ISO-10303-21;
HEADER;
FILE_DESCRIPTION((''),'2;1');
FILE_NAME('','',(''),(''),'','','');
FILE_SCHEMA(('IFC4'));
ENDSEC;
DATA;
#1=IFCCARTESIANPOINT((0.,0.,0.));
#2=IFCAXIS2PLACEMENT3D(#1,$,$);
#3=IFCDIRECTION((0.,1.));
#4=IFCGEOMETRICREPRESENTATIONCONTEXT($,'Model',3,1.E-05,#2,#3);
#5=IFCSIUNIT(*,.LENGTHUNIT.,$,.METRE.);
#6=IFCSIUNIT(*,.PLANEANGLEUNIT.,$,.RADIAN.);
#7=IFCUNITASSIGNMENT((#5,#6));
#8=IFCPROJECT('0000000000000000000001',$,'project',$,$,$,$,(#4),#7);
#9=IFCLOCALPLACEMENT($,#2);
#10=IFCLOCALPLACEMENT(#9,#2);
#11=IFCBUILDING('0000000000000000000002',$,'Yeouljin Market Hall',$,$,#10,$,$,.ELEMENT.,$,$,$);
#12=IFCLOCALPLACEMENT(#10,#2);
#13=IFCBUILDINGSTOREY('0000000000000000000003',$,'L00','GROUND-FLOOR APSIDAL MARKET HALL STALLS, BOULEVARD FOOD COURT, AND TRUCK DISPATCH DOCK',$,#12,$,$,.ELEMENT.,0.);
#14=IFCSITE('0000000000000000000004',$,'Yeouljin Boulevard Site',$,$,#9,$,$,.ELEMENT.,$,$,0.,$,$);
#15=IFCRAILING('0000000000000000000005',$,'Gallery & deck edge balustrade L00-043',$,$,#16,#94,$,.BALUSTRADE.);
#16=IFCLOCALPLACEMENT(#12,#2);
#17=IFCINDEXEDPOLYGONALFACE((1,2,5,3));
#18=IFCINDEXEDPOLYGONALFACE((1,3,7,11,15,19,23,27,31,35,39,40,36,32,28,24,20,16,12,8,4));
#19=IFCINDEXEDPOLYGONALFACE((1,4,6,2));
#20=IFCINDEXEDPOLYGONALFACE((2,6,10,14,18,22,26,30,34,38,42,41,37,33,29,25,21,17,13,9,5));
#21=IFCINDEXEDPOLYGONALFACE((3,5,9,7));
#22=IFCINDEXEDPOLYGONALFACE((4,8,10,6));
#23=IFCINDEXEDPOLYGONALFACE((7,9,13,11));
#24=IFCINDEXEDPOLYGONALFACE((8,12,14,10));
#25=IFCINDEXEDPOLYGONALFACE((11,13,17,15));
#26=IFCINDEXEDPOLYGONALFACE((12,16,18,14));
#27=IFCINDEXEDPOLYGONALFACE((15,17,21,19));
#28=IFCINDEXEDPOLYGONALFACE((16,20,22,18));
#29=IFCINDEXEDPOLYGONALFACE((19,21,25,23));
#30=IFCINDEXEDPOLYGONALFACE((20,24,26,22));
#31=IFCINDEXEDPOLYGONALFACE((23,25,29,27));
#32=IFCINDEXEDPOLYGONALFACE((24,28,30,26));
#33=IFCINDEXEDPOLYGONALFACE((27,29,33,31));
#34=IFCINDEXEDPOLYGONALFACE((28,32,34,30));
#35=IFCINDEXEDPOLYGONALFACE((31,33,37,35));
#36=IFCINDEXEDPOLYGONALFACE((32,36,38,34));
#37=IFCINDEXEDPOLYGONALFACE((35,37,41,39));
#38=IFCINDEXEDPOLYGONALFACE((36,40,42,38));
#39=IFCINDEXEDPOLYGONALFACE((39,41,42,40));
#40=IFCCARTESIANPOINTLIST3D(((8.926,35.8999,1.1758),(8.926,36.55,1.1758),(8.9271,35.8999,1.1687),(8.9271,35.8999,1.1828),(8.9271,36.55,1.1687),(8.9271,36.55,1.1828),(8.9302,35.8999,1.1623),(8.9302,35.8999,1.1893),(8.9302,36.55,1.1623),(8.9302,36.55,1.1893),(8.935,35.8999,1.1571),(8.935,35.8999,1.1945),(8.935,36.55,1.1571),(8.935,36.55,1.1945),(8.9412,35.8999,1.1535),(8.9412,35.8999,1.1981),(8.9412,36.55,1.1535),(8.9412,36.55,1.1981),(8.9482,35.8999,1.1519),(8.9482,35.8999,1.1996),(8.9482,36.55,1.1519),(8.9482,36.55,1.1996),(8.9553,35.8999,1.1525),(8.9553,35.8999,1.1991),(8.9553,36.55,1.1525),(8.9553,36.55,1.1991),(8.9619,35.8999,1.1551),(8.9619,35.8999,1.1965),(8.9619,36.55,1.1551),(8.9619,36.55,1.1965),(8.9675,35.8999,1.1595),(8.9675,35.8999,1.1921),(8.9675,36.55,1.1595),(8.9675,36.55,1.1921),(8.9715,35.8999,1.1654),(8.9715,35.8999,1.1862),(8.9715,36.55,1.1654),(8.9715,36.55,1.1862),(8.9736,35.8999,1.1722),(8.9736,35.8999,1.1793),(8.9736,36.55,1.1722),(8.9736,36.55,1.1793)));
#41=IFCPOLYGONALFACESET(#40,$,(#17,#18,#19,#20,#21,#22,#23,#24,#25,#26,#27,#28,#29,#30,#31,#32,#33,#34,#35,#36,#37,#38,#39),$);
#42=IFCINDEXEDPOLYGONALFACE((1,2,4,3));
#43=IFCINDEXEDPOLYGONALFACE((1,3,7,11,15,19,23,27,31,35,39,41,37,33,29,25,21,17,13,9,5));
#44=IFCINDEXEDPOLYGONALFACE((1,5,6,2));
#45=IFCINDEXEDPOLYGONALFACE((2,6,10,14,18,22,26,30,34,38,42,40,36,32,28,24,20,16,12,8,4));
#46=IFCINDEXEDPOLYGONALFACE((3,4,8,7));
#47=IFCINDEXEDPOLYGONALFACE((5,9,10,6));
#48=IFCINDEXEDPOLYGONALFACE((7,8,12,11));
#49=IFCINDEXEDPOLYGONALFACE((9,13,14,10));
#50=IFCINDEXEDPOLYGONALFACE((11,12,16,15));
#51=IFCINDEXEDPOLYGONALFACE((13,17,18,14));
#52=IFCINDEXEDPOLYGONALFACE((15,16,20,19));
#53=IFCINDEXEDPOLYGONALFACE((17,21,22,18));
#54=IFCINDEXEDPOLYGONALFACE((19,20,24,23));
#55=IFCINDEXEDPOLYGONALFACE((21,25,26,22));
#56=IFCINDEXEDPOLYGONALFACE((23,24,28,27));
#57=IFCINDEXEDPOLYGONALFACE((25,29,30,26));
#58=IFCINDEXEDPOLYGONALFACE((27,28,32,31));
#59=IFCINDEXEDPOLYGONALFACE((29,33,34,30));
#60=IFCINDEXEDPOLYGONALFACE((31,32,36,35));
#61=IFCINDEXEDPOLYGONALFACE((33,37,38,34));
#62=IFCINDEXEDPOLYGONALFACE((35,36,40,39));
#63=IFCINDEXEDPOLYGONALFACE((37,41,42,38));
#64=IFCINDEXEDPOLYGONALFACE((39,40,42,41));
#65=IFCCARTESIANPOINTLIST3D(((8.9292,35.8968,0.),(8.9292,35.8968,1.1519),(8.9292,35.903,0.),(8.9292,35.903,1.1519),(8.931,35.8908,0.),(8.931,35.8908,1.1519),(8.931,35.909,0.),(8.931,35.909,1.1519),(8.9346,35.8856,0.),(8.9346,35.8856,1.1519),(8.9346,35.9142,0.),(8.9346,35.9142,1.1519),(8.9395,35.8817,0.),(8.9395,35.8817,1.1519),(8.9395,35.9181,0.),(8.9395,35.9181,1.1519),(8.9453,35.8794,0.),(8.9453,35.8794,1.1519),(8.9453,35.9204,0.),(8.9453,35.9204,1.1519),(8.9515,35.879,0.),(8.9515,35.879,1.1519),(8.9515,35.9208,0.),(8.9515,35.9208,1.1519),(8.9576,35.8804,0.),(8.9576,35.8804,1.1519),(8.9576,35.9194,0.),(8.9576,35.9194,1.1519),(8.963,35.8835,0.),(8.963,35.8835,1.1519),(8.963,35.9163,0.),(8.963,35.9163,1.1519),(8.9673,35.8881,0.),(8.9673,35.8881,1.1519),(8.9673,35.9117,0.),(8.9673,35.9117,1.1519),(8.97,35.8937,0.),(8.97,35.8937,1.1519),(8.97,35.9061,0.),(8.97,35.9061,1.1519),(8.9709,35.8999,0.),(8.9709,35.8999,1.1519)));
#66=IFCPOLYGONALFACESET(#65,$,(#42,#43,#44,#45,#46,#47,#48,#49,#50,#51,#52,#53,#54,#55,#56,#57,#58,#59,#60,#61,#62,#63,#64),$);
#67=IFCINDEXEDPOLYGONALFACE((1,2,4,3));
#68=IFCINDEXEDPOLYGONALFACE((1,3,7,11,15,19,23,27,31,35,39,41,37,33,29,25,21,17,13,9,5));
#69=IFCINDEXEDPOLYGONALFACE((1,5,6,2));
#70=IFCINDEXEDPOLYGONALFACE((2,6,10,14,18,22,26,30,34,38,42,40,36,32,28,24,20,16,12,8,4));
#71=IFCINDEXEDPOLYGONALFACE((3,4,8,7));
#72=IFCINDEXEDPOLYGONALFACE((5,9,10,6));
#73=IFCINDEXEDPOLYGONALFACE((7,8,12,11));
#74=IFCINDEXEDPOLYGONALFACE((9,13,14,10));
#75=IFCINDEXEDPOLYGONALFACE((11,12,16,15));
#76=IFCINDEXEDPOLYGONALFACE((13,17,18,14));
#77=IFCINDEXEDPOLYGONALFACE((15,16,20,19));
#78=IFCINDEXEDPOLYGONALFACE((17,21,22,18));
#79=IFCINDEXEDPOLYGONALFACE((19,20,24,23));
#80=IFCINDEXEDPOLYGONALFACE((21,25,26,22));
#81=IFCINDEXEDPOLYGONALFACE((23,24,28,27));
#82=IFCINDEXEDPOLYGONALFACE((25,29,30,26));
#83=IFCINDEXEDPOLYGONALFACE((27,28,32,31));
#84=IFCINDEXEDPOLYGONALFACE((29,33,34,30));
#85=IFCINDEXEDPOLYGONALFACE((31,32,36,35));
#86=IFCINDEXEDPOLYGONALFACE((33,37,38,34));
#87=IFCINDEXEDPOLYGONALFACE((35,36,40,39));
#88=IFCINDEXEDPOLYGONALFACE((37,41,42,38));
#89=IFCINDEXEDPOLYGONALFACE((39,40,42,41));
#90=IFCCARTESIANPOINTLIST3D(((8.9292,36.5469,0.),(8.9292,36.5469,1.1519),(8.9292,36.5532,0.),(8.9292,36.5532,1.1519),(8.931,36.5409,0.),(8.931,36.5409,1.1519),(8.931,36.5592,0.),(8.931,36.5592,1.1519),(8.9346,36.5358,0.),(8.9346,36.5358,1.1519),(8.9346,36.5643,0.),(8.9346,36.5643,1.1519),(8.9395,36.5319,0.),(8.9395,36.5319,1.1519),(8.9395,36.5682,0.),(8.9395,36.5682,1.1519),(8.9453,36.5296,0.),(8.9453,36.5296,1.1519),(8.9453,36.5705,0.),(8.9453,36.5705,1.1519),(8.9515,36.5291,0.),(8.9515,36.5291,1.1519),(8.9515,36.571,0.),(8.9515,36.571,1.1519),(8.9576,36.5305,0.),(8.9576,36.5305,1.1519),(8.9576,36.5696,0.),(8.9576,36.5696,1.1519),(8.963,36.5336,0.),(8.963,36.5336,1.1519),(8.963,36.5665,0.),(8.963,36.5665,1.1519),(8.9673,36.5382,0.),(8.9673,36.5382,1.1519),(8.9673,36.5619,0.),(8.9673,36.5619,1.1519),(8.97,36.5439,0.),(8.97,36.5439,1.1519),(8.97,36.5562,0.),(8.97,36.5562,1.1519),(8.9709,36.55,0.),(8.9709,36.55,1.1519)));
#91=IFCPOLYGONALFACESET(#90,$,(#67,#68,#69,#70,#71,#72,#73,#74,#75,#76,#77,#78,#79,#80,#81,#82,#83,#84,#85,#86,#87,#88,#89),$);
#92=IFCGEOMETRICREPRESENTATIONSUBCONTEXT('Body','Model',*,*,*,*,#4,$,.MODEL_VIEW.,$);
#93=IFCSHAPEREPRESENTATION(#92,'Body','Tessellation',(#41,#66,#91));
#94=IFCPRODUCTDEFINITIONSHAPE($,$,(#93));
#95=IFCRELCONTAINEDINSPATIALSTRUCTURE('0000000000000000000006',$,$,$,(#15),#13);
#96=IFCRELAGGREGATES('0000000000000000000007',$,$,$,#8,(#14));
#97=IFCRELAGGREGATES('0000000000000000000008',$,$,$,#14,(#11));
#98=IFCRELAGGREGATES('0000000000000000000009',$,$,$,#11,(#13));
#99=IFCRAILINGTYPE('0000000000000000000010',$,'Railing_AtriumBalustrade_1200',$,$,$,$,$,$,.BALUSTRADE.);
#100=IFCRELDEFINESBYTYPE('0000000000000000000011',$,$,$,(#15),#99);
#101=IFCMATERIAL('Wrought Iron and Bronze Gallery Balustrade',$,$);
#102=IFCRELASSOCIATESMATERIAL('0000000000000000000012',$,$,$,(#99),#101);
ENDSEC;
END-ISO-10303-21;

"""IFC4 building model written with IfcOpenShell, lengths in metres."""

from ifc_helpers import new_model, si_unit, direction, frame, origin, origin_2d, place, context, subcontext, project, spatial, circle, extrude, material, type_object, element, save


model = new_model("IFC4")

# Units and contexts
model_context = context("Model", 3, precision=1e-05, world=origin(), true_north=direction((0.0, 1.0)))
body_context = subcontext(model_context, "Body", "Model", "MODEL_VIEW")
ifc_project = project(units=[si_unit("LENGTHUNIT", "METRE"), si_unit("PLANEANGLEUNIT", "RADIAN")], contexts=[model_context])

# Site, building, storey
site_placement = place(None, origin())
site = spatial("IfcSite", under=ifc_project, at=site_placement, Name="Yeouljin Boulevard Site", CompositionType="ELEMENT", RefElevation=0.0)
building_placement = place(site_placement, origin())
building = spatial("IfcBuilding", under=site, at=building_placement, Name="Yeouljin Market Hall", CompositionType="ELEMENT")
storey_placement = place(building_placement, origin())
storey = spatial("IfcBuildingStorey", under=building, at=storey_placement, Name="L00", Description="GROUND-FLOOR APSIDAL MARKET HALL STALLS, BOULEVARD FOOD COURT, AND TRUCK DISPATCH DOCK", CompositionType="ELEMENT", Elevation=0.0)

# Railing
ifc_material_1 = material(Name="Wrought Iron and Bronze Gallery Balustrade")
railing_type_1 = type_object("IfcRailingType", Name="Railing_AtriumBalustrade_1200", PredefinedType="BALUSTRADE", material=ifc_material_1)
railing_1_placement = place(storey_placement, frame((8.95, 35.8999, 0.0)))
element("IfcRailing", 1, at=railing_1_placement, inside=storey, type_object=railing_type_1, Name="Gallery & deck edge balustrade L00-043", PredefinedType="BALUSTRADE", context=body_context, shape_type="SweptSolid", body=[
    extrude(circle(Radius=0.0239, at=origin_2d()), frame((0.0, 0.0, 1.1758), z_axis=(0.0, 1.0, 0.0), x_axis=(-1.0, 0.0, 0.0)), (0.0, 0.0, 1.0), 0.6501),
    extrude(circle(Radius=0.021, at=origin_2d()), origin(), (0.0, 0.0, 1.0), 1.1519),
    extrude(circle(Radius=0.021, at=origin_2d()), frame((0.0, 0.6501, 0.0)), (0.0, 0.0, 1.0), 1.1519),
])

save(model, "model.ifc")
